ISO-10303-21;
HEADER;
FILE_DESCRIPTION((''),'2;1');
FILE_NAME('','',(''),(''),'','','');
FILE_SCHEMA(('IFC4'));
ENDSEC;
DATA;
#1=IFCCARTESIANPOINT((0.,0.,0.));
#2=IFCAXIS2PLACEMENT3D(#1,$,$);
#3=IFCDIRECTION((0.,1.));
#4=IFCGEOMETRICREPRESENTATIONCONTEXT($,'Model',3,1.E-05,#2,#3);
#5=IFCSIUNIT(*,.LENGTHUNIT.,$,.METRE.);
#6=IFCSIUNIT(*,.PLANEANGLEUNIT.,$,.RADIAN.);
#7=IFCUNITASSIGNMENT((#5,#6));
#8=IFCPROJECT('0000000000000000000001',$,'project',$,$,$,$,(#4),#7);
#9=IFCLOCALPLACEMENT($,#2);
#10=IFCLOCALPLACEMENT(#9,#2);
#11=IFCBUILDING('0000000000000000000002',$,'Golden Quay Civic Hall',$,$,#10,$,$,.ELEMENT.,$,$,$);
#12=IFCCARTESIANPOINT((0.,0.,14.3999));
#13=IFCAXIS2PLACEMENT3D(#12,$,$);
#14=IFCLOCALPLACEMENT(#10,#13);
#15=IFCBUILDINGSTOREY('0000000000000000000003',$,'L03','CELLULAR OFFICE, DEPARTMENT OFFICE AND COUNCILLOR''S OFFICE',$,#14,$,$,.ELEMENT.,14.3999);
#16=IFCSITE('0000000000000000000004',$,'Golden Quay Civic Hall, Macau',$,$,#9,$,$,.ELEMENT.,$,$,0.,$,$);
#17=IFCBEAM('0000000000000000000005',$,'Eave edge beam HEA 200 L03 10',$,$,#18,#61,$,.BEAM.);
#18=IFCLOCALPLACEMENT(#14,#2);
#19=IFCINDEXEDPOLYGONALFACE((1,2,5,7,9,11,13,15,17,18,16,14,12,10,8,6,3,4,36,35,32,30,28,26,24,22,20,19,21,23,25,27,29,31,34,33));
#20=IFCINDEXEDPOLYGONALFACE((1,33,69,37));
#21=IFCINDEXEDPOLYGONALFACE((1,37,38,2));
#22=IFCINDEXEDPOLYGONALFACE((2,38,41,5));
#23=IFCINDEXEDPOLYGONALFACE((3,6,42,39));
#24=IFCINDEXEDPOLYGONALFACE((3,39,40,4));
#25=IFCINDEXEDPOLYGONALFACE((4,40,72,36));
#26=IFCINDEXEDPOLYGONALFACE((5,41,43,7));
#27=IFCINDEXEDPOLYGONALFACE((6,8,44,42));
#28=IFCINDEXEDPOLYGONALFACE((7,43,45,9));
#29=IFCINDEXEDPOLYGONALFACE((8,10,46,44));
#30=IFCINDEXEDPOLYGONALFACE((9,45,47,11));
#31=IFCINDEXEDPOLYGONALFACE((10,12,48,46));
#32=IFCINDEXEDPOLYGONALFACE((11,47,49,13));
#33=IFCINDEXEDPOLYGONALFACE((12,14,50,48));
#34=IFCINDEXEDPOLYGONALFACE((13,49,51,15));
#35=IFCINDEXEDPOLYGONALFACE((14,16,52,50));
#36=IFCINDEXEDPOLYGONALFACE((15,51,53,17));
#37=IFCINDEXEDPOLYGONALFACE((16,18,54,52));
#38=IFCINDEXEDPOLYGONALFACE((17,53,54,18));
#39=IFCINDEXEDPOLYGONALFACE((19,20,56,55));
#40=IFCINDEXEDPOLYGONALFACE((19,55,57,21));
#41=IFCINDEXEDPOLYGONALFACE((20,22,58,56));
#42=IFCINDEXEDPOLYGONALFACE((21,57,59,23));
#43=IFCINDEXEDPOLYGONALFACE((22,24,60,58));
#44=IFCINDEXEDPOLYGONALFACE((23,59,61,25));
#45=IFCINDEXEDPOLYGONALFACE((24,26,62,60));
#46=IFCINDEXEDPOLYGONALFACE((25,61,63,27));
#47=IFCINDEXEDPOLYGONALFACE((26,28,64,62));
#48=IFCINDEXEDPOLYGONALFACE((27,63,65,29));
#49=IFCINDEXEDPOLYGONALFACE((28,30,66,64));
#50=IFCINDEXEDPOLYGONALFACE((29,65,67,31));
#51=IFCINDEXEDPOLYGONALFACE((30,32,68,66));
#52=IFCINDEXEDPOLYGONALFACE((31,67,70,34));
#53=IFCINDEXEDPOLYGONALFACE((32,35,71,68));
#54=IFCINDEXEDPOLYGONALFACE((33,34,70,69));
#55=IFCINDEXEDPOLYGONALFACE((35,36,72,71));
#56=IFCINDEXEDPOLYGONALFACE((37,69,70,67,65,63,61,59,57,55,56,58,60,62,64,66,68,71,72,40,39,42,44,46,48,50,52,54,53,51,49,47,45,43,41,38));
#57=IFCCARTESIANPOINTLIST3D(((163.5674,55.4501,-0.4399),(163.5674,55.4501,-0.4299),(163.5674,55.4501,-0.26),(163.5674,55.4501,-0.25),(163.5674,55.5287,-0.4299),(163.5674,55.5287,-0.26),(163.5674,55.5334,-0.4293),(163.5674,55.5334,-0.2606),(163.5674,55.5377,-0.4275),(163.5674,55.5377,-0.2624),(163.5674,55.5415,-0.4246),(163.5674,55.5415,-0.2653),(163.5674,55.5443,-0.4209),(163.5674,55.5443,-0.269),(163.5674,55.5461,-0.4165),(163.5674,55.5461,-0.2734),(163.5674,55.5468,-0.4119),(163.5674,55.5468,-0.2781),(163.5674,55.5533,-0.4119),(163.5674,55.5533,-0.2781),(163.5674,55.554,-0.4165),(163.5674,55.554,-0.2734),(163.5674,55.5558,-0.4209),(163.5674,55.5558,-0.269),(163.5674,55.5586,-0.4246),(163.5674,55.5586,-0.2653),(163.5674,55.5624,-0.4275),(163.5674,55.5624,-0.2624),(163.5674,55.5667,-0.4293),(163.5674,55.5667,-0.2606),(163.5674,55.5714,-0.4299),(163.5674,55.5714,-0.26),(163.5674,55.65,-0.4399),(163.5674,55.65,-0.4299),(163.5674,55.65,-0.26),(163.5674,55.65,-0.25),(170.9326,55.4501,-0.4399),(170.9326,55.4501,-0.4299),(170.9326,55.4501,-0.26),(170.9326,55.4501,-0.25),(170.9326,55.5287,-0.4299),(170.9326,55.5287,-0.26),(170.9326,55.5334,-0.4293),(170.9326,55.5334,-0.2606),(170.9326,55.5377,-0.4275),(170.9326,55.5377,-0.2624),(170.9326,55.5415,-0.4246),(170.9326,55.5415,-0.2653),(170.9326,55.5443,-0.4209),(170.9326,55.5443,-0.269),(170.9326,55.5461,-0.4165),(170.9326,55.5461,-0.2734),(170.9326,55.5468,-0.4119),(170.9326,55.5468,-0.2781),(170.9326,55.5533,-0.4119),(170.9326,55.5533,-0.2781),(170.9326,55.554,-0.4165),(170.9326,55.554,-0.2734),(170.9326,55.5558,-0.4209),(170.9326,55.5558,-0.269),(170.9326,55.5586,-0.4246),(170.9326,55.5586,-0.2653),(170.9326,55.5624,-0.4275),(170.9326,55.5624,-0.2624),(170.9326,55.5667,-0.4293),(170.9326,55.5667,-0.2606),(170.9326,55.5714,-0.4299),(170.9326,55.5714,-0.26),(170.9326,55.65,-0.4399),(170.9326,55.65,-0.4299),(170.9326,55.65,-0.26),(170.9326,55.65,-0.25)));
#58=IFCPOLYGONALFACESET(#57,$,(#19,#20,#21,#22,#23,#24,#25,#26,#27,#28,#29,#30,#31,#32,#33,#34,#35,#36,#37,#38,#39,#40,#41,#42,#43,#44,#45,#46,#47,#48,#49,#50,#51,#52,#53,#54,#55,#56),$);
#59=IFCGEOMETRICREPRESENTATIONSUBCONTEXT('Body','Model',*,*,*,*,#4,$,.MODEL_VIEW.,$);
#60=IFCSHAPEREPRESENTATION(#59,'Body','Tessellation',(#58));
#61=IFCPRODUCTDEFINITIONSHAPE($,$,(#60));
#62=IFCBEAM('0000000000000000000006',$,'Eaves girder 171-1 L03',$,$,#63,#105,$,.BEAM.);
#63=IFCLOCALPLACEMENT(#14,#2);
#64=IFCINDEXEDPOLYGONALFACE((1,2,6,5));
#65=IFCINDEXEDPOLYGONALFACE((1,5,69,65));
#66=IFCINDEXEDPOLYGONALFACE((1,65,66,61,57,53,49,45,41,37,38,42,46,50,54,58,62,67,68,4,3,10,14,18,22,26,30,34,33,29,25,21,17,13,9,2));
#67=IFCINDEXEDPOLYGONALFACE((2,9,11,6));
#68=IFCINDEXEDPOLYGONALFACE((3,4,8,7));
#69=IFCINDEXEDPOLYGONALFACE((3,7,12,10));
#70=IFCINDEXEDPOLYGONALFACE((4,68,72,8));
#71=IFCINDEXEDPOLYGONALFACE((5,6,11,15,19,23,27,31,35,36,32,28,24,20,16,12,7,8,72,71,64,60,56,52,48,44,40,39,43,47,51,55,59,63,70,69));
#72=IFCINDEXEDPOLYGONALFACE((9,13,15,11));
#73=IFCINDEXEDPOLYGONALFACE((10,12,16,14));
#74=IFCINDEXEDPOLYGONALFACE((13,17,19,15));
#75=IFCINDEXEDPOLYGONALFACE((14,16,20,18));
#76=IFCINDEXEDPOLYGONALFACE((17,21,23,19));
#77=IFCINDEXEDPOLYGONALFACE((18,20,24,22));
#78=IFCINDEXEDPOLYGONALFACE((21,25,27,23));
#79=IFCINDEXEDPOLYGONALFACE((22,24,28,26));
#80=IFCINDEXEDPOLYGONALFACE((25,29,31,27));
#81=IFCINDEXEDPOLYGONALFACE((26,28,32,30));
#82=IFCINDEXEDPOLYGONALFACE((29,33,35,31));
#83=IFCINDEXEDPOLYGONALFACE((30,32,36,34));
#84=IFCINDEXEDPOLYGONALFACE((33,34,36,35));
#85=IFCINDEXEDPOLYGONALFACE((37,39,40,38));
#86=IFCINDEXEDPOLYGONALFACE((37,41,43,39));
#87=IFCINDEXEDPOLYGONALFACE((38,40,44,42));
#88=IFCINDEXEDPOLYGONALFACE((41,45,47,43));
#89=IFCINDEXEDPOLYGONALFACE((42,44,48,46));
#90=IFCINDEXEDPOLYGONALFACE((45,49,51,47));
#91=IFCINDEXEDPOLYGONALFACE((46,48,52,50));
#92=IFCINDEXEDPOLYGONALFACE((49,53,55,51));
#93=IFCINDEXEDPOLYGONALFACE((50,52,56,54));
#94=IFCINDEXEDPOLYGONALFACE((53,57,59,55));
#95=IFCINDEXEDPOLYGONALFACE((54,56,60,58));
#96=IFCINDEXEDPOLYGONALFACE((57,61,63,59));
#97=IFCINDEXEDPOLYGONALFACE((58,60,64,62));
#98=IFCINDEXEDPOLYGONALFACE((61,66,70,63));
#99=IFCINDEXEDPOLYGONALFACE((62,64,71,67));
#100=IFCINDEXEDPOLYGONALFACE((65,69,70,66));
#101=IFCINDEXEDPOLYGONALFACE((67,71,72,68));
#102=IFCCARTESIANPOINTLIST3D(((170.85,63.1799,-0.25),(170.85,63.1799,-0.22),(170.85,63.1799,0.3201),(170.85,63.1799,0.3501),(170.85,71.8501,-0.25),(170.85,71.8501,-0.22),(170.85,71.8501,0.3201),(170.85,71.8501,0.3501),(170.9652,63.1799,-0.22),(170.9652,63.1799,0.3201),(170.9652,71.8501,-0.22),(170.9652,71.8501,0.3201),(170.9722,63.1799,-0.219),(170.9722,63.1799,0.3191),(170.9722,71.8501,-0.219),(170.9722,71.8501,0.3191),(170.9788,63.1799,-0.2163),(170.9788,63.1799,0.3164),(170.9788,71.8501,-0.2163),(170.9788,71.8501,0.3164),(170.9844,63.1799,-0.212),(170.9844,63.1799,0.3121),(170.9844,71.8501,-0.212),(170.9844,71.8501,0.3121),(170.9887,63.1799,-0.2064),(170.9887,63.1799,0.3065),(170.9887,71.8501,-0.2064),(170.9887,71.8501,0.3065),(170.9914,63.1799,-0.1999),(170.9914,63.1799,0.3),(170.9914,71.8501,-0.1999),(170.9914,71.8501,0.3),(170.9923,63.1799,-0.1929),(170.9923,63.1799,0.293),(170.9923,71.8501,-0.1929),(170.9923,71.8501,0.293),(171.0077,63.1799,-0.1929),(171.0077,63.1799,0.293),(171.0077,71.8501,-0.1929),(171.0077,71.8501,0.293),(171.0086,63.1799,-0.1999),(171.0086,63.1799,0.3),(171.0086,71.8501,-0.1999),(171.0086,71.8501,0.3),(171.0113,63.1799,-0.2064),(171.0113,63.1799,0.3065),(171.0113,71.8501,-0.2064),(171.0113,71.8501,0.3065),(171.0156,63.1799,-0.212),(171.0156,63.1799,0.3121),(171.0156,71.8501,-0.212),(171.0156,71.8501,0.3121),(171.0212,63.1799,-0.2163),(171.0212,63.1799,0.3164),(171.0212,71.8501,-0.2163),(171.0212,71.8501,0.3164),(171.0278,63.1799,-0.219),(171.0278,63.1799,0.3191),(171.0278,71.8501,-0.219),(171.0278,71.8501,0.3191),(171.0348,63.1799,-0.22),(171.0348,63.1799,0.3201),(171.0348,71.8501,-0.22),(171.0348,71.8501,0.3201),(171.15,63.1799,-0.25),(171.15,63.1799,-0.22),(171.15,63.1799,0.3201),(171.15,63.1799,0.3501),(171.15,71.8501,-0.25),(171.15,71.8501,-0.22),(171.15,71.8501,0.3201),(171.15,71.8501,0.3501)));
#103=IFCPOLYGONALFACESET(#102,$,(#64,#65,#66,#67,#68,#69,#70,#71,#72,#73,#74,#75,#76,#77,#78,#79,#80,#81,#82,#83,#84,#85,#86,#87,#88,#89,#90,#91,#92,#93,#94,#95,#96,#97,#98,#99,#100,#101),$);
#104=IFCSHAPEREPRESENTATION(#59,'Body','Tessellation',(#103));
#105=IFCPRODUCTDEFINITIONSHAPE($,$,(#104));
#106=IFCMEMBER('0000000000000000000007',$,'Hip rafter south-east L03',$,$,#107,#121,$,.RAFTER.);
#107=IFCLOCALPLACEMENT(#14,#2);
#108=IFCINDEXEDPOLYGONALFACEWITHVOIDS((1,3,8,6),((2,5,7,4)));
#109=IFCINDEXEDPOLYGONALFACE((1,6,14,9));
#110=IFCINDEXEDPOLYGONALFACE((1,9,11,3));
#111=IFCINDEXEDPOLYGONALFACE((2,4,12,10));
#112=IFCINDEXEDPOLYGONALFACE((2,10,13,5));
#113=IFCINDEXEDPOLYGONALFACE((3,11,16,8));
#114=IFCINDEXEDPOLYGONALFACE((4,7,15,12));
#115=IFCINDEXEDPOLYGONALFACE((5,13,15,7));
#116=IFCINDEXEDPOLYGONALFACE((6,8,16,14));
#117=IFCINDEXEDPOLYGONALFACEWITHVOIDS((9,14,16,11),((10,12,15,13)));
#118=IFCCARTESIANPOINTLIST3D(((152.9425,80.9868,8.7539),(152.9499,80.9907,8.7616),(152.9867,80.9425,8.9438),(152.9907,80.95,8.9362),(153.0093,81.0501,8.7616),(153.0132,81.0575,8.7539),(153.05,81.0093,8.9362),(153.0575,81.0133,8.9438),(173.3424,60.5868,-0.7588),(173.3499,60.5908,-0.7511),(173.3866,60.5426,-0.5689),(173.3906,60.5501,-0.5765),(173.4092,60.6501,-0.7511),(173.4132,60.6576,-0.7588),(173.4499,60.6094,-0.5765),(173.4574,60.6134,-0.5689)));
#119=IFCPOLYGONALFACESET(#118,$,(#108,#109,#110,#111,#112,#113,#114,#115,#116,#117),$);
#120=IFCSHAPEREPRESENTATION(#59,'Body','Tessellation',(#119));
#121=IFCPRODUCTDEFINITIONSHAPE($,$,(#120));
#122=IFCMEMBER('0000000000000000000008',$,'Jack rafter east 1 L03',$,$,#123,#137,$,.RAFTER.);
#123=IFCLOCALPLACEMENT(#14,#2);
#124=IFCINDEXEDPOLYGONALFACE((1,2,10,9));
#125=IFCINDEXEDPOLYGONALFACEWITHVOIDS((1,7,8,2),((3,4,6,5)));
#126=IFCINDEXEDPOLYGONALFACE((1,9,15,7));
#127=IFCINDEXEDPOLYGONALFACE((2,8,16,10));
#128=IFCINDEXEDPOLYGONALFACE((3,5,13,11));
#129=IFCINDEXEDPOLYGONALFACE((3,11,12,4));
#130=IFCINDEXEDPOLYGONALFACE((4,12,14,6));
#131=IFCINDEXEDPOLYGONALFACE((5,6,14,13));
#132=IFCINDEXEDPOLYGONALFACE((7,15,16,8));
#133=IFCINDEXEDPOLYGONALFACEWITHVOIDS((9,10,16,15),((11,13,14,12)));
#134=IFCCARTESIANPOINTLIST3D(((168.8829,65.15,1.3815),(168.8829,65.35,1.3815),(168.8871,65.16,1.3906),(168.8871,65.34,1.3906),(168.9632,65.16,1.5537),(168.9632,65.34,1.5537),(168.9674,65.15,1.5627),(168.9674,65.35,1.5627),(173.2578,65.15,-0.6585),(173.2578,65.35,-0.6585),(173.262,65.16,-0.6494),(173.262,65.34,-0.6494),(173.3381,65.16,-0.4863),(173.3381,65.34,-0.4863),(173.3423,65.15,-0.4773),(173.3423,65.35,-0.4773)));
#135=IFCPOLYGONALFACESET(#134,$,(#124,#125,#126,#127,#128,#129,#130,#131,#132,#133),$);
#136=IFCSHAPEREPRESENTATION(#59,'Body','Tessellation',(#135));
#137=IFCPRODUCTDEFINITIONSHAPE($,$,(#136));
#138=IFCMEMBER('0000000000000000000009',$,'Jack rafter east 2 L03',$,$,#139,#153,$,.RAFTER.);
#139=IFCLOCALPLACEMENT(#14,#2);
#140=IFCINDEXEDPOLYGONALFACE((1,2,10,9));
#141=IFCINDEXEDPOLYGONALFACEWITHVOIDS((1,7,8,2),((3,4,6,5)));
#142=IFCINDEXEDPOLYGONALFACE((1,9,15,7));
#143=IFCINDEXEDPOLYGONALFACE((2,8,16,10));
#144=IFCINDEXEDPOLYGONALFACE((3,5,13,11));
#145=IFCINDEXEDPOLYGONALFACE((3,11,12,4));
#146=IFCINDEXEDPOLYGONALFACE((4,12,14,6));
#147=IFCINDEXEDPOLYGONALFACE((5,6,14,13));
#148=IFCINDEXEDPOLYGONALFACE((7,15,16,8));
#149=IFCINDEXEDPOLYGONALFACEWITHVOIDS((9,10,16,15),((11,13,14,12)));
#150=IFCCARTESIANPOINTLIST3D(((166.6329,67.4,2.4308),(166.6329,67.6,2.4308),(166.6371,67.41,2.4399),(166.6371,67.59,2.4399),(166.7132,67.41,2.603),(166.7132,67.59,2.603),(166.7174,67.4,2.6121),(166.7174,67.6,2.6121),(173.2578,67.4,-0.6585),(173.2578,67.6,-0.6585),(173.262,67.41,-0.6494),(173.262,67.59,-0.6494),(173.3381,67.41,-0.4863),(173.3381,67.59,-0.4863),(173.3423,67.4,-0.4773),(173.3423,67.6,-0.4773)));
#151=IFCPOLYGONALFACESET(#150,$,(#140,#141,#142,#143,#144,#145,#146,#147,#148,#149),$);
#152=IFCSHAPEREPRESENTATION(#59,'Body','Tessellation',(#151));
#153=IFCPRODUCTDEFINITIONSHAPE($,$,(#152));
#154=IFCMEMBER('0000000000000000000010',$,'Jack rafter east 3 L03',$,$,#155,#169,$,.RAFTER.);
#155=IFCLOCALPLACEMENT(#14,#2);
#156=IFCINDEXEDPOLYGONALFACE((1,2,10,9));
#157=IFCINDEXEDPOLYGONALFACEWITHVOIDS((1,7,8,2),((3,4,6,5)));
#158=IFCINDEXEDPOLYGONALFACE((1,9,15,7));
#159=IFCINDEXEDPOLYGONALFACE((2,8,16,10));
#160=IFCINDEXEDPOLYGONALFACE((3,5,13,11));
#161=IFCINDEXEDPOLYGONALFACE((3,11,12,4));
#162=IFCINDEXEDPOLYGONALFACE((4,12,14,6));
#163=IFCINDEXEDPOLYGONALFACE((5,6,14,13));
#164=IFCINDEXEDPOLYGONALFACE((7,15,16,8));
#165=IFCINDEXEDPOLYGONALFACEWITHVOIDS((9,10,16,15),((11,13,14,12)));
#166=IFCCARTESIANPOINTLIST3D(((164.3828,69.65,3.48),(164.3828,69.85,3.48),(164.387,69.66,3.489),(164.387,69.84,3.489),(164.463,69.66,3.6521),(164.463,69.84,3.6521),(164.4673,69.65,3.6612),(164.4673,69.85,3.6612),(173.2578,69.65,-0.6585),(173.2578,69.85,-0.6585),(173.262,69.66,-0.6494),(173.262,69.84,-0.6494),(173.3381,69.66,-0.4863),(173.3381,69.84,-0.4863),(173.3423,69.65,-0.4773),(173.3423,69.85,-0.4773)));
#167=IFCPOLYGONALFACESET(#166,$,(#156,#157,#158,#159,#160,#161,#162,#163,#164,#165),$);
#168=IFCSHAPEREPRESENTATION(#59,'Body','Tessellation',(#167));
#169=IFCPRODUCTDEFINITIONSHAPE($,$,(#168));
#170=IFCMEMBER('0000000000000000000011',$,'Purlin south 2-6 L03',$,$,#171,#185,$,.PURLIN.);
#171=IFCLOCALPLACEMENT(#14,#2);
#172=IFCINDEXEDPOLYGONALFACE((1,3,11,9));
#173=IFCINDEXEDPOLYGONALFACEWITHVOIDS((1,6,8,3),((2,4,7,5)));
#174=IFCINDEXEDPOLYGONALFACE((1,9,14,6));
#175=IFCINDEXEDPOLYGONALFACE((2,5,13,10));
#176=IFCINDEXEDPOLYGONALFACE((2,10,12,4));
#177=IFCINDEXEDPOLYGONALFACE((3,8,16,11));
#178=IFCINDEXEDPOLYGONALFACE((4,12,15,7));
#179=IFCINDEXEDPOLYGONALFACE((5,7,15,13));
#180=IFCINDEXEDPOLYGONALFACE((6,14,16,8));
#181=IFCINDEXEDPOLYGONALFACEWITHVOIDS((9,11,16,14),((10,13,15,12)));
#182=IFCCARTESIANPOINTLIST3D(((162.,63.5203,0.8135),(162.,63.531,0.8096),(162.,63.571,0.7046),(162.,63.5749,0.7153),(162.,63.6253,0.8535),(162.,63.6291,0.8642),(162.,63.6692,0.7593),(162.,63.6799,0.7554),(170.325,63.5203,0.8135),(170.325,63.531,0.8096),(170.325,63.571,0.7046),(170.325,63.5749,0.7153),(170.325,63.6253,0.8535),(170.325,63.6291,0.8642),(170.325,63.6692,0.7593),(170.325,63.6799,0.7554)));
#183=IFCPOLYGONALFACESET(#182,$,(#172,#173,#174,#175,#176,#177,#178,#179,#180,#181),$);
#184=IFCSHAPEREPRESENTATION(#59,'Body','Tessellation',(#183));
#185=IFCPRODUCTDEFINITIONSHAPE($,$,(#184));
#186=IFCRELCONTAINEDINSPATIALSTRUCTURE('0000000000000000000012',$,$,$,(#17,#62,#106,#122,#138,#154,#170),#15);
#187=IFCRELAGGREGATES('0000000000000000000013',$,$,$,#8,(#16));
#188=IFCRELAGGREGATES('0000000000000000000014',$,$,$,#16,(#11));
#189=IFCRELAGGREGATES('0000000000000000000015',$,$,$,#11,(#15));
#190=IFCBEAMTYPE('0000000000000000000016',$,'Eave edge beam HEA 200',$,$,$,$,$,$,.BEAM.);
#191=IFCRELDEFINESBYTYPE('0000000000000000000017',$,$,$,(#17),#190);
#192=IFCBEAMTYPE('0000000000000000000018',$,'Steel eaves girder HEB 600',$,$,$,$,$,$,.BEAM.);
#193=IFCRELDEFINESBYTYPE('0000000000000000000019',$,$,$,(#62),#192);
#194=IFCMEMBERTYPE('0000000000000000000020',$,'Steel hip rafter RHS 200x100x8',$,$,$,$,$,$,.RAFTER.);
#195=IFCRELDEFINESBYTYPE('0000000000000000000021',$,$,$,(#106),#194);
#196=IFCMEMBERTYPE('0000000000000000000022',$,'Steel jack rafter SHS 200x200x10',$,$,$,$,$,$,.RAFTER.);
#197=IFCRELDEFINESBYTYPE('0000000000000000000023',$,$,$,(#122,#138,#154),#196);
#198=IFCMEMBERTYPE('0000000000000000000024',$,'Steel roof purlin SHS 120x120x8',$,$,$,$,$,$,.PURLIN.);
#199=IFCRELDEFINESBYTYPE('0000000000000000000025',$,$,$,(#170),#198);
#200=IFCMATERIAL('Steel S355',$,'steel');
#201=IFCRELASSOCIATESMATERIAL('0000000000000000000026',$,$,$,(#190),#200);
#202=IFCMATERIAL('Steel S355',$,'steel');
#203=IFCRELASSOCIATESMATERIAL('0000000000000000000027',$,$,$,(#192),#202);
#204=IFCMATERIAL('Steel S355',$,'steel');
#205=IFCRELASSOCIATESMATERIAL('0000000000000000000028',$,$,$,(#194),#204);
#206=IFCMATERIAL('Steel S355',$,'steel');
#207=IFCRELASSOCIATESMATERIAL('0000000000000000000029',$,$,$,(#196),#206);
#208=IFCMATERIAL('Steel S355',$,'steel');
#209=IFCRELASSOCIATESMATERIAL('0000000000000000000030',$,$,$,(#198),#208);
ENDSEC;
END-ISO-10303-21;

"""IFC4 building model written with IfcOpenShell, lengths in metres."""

from ifc_helpers import new_model, si_unit, direction, frame, origin, origin_2d, place, context, subcontext, project, spatial, hollow_rectangle, i_section, extrude, material, material_profile, profile_set, type_object, element, save


model = new_model("IFC4")

# Units and contexts
model_context = context("Model", 3, precision=1e-05, world=origin(), true_north=direction((0.0, 1.0)))
body_context = subcontext(model_context, "Body", "Model", "MODEL_VIEW")
ifc_project = project(units=[si_unit("LENGTHUNIT", "METRE"), si_unit("PLANEANGLEUNIT", "RADIAN")], contexts=[model_context])

# Site, building, storey
site_placement = place(None, origin())
site = spatial("IfcSite", under=ifc_project, at=site_placement, Name="Golden Quay Civic Hall, Macau", CompositionType="ELEMENT", RefElevation=0.0)
building_placement = place(site_placement, origin())
building = spatial("IfcBuilding", under=site, at=building_placement, Name="Golden Quay Civic Hall", CompositionType="ELEMENT")
storey_placement = place(building_placement, frame((0.0, 0.0, 14.3999)))
storey = spatial("IfcBuildingStorey", under=building, at=storey_placement, Name="L03", Description="CELLULAR OFFICE, DEPARTMENT OFFICE AND COUNCILLOR'S OFFICE", CompositionType="ELEMENT", Elevation=14.3999)

# Beams
ifc_material_1 = material(Name="Steel S355", Category="steel")
ifc_material_profile_1 = material_profile(ifc_material_1, i_section(OverallWidth=0.2, OverallDepth=0.1899, WebThickness=0.0066, FlangeThickness=0.01, FilletRadius=0.0181, at=origin_2d()), Name="HEA 200")
ifc_profile_set_1 = profile_set([ifc_material_profile_1], Name="Steel S355")
beam_type_1 = type_object("IfcBeamType", Name="Eave edge beam HEA 200", PredefinedType="BEAM", material=ifc_profile_set_1)
beam_1_placement = place(storey_placement, frame((163.5674, 55.55, -0.345), z_axis=(1.0, 0.0, 0.0), x_axis=(0.0, 1.0, 0.0)))
element("IfcBeam", 1, at=beam_1_placement, inside=storey, type_object=beam_type_1, Name="Eave edge beam HEA 200 L03 10", PredefinedType="BEAM", context=body_context, shape_type="SweptSolid", body=[
    extrude(i_section(OverallWidth=0.2, OverallDepth=0.1899, WebThickness=0.0066, FlangeThickness=0.01, FilletRadius=0.0181, at=origin_2d()), origin(), (0.0, 0.0, 1.0), 7.3652),
])
ifc_material_2 = material(Name="Steel S355", Category="steel")
ifc_material_profile_2 = material_profile(ifc_material_2, i_section(OverallWidth=0.3, OverallDepth=0.6001, WebThickness=0.0154, FlangeThickness=0.03, FilletRadius=0.0271, at=origin_2d()), Name="HEB 600")
ifc_profile_set_2 = profile_set([ifc_material_profile_2], Name="Steel S355")
beam_type_2 = type_object("IfcBeamType", Name="Steel eaves girder HEB 600", PredefinedType="BEAM", material=ifc_profile_set_2)
beam_2_placement = place(storey_placement, frame((171.0, 63.1799, 0.05), z_axis=(0.0, 1.0, 0.0), x_axis=(-1.0, 0.0, 0.0)))
element("IfcBeam", 2, at=beam_2_placement, inside=storey, type_object=beam_type_2, Name="Eaves girder 171-1 L03", PredefinedType="BEAM", context=body_context, shape_type="SweptSolid", body=[
    extrude(i_section(OverallWidth=0.3, OverallDepth=0.6001, WebThickness=0.0154, FlangeThickness=0.03, FilletRadius=0.0271, at=origin_2d()), origin(), (0.0, 0.0, 1.0), 8.6702),
])

# Members
ifc_material_3 = material(Name="Steel S355", Category="steel")
ifc_material_profile_3 = material_profile(ifc_material_3, hollow_rectangle(XDim=0.1001, YDim=0.2, WallThickness=0.0081, at=origin_2d()), Name="RHS 200x100x8")
ifc_profile_set_3 = profile_set([ifc_material_profile_3], Name="Steel S355")
member_type_1 = type_object("IfcMemberType", Name="Steel hip rafter RHS 200x100x8", PredefinedType="RAFTER", material=ifc_profile_set_3)
member_1_placement = place(storey_placement, frame((173.3999, 60.6001, -0.6638), z_axis=(-0.671542, 0.671542, 0.313148), x_axis=(-0.707107, -0.707107, 0.0)))
element("IfcMember", 3, at=member_1_placement, inside=storey, type_object=member_type_1, Name="Hip rafter south-east L03", PredefinedType="RAFTER", context=body_context, shape_type="SweptSolid", body=[
    extrude(hollow_rectangle(XDim=0.1001, YDim=0.2, WallThickness=0.0081, at=origin_2d()), origin(), (0.0, 0.0, 1.0), 30.3777),
])
ifc_material_4 = material(Name="Steel S355", Category="steel")
ifc_material_profile_4 = material_profile(ifc_material_4, hollow_rectangle(XDim=0.2, YDim=0.2, WallThickness=0.01, at=origin_2d()), Name="SHS 200x200x10")
ifc_profile_set_4 = profile_set([ifc_material_profile_4], Name="Steel S355")
member_type_2 = type_object("IfcMemberType", Name="Steel jack rafter SHS 200x200x10", PredefinedType="RAFTER", material=ifc_profile_set_4)
member_2_placement = place(storey_placement, frame((173.3, 65.25, -0.5679), z_axis=(-0.906312, 0.0, 0.422609), x_axis=(0.0, -1.0, 0.0)))
element("IfcMember", 4, at=member_2_placement, inside=storey, type_object=member_type_2, Name="Jack rafter east 1 L03", PredefinedType="RAFTER", context=body_context, shape_type="SweptSolid", body=[
    extrude(hollow_rectangle(XDim=0.2, YDim=0.2, WallThickness=0.01, at=origin_2d()), origin(), (0.0, 0.0, 1.0), 4.8271),
])
member_3_placement = place(storey_placement, frame((173.3, 67.5, -0.5679), z_axis=(-0.906304, 0.0, 0.422626), x_axis=(0.0, -1.0, 0.0)))
element("IfcMember", 5, at=member_3_placement, inside=storey, type_object=member_type_2, Name="Jack rafter east 2 L03", PredefinedType="RAFTER", context=body_context, shape_type="SweptSolid", body=[
    extrude(hollow_rectangle(XDim=0.2, YDim=0.2, WallThickness=0.01, at=origin_2d()), origin(), (0.0, 0.0, 1.0), 7.3098),
])
member_4_placement = place(storey_placement, frame((173.3, 69.75, -0.5679), z_axis=(-0.90631, 0.0, 0.422614), x_axis=(0.0, -1.0, 0.0)))
element("IfcMember", 6, at=member_4_placement, inside=storey, type_object=member_type_2, Name="Jack rafter east 3 L03", PredefinedType="RAFTER", context=body_context, shape_type="SweptSolid", body=[
    extrude(hollow_rectangle(XDim=0.2, YDim=0.2, WallThickness=0.01, at=origin_2d()), origin(), (0.0, 0.0, 1.0), 9.7925),
])
ifc_material_5 = material(Name="Steel S355", Category="steel")
ifc_material_profile_5 = material_profile(ifc_material_5, hollow_rectangle(XDim=0.1201, YDim=0.1201, WallThickness=0.0081, at=origin_2d()), Name="SHS 120x120x8")
ifc_profile_set_5 = profile_set([ifc_material_profile_5], Name="Steel S355")
member_type_3 = type_object("IfcMemberType", Name="Steel roof purlin SHS 120x120x8", PredefinedType="PURLIN", material=ifc_profile_set_5)
member_5_placement = place(storey_placement, frame((162.0, 63.6001, 0.7844), z_axis=(1.0, 0.0, 0.0), x_axis=(0.0, 0.906308, 0.422618)))
element("IfcMember", 7, at=member_5_placement, inside=storey, type_object=member_type_3, Name="Purlin south 2-6 L03", PredefinedType="PURLIN", context=body_context, shape_type="SweptSolid", body=[
    extrude(hollow_rectangle(XDim=0.1201, YDim=0.1201, WallThickness=0.0081, at=origin_2d()), origin(), (0.0, 0.0, 1.0), 8.325),
])

save(model, "model.ifc")
